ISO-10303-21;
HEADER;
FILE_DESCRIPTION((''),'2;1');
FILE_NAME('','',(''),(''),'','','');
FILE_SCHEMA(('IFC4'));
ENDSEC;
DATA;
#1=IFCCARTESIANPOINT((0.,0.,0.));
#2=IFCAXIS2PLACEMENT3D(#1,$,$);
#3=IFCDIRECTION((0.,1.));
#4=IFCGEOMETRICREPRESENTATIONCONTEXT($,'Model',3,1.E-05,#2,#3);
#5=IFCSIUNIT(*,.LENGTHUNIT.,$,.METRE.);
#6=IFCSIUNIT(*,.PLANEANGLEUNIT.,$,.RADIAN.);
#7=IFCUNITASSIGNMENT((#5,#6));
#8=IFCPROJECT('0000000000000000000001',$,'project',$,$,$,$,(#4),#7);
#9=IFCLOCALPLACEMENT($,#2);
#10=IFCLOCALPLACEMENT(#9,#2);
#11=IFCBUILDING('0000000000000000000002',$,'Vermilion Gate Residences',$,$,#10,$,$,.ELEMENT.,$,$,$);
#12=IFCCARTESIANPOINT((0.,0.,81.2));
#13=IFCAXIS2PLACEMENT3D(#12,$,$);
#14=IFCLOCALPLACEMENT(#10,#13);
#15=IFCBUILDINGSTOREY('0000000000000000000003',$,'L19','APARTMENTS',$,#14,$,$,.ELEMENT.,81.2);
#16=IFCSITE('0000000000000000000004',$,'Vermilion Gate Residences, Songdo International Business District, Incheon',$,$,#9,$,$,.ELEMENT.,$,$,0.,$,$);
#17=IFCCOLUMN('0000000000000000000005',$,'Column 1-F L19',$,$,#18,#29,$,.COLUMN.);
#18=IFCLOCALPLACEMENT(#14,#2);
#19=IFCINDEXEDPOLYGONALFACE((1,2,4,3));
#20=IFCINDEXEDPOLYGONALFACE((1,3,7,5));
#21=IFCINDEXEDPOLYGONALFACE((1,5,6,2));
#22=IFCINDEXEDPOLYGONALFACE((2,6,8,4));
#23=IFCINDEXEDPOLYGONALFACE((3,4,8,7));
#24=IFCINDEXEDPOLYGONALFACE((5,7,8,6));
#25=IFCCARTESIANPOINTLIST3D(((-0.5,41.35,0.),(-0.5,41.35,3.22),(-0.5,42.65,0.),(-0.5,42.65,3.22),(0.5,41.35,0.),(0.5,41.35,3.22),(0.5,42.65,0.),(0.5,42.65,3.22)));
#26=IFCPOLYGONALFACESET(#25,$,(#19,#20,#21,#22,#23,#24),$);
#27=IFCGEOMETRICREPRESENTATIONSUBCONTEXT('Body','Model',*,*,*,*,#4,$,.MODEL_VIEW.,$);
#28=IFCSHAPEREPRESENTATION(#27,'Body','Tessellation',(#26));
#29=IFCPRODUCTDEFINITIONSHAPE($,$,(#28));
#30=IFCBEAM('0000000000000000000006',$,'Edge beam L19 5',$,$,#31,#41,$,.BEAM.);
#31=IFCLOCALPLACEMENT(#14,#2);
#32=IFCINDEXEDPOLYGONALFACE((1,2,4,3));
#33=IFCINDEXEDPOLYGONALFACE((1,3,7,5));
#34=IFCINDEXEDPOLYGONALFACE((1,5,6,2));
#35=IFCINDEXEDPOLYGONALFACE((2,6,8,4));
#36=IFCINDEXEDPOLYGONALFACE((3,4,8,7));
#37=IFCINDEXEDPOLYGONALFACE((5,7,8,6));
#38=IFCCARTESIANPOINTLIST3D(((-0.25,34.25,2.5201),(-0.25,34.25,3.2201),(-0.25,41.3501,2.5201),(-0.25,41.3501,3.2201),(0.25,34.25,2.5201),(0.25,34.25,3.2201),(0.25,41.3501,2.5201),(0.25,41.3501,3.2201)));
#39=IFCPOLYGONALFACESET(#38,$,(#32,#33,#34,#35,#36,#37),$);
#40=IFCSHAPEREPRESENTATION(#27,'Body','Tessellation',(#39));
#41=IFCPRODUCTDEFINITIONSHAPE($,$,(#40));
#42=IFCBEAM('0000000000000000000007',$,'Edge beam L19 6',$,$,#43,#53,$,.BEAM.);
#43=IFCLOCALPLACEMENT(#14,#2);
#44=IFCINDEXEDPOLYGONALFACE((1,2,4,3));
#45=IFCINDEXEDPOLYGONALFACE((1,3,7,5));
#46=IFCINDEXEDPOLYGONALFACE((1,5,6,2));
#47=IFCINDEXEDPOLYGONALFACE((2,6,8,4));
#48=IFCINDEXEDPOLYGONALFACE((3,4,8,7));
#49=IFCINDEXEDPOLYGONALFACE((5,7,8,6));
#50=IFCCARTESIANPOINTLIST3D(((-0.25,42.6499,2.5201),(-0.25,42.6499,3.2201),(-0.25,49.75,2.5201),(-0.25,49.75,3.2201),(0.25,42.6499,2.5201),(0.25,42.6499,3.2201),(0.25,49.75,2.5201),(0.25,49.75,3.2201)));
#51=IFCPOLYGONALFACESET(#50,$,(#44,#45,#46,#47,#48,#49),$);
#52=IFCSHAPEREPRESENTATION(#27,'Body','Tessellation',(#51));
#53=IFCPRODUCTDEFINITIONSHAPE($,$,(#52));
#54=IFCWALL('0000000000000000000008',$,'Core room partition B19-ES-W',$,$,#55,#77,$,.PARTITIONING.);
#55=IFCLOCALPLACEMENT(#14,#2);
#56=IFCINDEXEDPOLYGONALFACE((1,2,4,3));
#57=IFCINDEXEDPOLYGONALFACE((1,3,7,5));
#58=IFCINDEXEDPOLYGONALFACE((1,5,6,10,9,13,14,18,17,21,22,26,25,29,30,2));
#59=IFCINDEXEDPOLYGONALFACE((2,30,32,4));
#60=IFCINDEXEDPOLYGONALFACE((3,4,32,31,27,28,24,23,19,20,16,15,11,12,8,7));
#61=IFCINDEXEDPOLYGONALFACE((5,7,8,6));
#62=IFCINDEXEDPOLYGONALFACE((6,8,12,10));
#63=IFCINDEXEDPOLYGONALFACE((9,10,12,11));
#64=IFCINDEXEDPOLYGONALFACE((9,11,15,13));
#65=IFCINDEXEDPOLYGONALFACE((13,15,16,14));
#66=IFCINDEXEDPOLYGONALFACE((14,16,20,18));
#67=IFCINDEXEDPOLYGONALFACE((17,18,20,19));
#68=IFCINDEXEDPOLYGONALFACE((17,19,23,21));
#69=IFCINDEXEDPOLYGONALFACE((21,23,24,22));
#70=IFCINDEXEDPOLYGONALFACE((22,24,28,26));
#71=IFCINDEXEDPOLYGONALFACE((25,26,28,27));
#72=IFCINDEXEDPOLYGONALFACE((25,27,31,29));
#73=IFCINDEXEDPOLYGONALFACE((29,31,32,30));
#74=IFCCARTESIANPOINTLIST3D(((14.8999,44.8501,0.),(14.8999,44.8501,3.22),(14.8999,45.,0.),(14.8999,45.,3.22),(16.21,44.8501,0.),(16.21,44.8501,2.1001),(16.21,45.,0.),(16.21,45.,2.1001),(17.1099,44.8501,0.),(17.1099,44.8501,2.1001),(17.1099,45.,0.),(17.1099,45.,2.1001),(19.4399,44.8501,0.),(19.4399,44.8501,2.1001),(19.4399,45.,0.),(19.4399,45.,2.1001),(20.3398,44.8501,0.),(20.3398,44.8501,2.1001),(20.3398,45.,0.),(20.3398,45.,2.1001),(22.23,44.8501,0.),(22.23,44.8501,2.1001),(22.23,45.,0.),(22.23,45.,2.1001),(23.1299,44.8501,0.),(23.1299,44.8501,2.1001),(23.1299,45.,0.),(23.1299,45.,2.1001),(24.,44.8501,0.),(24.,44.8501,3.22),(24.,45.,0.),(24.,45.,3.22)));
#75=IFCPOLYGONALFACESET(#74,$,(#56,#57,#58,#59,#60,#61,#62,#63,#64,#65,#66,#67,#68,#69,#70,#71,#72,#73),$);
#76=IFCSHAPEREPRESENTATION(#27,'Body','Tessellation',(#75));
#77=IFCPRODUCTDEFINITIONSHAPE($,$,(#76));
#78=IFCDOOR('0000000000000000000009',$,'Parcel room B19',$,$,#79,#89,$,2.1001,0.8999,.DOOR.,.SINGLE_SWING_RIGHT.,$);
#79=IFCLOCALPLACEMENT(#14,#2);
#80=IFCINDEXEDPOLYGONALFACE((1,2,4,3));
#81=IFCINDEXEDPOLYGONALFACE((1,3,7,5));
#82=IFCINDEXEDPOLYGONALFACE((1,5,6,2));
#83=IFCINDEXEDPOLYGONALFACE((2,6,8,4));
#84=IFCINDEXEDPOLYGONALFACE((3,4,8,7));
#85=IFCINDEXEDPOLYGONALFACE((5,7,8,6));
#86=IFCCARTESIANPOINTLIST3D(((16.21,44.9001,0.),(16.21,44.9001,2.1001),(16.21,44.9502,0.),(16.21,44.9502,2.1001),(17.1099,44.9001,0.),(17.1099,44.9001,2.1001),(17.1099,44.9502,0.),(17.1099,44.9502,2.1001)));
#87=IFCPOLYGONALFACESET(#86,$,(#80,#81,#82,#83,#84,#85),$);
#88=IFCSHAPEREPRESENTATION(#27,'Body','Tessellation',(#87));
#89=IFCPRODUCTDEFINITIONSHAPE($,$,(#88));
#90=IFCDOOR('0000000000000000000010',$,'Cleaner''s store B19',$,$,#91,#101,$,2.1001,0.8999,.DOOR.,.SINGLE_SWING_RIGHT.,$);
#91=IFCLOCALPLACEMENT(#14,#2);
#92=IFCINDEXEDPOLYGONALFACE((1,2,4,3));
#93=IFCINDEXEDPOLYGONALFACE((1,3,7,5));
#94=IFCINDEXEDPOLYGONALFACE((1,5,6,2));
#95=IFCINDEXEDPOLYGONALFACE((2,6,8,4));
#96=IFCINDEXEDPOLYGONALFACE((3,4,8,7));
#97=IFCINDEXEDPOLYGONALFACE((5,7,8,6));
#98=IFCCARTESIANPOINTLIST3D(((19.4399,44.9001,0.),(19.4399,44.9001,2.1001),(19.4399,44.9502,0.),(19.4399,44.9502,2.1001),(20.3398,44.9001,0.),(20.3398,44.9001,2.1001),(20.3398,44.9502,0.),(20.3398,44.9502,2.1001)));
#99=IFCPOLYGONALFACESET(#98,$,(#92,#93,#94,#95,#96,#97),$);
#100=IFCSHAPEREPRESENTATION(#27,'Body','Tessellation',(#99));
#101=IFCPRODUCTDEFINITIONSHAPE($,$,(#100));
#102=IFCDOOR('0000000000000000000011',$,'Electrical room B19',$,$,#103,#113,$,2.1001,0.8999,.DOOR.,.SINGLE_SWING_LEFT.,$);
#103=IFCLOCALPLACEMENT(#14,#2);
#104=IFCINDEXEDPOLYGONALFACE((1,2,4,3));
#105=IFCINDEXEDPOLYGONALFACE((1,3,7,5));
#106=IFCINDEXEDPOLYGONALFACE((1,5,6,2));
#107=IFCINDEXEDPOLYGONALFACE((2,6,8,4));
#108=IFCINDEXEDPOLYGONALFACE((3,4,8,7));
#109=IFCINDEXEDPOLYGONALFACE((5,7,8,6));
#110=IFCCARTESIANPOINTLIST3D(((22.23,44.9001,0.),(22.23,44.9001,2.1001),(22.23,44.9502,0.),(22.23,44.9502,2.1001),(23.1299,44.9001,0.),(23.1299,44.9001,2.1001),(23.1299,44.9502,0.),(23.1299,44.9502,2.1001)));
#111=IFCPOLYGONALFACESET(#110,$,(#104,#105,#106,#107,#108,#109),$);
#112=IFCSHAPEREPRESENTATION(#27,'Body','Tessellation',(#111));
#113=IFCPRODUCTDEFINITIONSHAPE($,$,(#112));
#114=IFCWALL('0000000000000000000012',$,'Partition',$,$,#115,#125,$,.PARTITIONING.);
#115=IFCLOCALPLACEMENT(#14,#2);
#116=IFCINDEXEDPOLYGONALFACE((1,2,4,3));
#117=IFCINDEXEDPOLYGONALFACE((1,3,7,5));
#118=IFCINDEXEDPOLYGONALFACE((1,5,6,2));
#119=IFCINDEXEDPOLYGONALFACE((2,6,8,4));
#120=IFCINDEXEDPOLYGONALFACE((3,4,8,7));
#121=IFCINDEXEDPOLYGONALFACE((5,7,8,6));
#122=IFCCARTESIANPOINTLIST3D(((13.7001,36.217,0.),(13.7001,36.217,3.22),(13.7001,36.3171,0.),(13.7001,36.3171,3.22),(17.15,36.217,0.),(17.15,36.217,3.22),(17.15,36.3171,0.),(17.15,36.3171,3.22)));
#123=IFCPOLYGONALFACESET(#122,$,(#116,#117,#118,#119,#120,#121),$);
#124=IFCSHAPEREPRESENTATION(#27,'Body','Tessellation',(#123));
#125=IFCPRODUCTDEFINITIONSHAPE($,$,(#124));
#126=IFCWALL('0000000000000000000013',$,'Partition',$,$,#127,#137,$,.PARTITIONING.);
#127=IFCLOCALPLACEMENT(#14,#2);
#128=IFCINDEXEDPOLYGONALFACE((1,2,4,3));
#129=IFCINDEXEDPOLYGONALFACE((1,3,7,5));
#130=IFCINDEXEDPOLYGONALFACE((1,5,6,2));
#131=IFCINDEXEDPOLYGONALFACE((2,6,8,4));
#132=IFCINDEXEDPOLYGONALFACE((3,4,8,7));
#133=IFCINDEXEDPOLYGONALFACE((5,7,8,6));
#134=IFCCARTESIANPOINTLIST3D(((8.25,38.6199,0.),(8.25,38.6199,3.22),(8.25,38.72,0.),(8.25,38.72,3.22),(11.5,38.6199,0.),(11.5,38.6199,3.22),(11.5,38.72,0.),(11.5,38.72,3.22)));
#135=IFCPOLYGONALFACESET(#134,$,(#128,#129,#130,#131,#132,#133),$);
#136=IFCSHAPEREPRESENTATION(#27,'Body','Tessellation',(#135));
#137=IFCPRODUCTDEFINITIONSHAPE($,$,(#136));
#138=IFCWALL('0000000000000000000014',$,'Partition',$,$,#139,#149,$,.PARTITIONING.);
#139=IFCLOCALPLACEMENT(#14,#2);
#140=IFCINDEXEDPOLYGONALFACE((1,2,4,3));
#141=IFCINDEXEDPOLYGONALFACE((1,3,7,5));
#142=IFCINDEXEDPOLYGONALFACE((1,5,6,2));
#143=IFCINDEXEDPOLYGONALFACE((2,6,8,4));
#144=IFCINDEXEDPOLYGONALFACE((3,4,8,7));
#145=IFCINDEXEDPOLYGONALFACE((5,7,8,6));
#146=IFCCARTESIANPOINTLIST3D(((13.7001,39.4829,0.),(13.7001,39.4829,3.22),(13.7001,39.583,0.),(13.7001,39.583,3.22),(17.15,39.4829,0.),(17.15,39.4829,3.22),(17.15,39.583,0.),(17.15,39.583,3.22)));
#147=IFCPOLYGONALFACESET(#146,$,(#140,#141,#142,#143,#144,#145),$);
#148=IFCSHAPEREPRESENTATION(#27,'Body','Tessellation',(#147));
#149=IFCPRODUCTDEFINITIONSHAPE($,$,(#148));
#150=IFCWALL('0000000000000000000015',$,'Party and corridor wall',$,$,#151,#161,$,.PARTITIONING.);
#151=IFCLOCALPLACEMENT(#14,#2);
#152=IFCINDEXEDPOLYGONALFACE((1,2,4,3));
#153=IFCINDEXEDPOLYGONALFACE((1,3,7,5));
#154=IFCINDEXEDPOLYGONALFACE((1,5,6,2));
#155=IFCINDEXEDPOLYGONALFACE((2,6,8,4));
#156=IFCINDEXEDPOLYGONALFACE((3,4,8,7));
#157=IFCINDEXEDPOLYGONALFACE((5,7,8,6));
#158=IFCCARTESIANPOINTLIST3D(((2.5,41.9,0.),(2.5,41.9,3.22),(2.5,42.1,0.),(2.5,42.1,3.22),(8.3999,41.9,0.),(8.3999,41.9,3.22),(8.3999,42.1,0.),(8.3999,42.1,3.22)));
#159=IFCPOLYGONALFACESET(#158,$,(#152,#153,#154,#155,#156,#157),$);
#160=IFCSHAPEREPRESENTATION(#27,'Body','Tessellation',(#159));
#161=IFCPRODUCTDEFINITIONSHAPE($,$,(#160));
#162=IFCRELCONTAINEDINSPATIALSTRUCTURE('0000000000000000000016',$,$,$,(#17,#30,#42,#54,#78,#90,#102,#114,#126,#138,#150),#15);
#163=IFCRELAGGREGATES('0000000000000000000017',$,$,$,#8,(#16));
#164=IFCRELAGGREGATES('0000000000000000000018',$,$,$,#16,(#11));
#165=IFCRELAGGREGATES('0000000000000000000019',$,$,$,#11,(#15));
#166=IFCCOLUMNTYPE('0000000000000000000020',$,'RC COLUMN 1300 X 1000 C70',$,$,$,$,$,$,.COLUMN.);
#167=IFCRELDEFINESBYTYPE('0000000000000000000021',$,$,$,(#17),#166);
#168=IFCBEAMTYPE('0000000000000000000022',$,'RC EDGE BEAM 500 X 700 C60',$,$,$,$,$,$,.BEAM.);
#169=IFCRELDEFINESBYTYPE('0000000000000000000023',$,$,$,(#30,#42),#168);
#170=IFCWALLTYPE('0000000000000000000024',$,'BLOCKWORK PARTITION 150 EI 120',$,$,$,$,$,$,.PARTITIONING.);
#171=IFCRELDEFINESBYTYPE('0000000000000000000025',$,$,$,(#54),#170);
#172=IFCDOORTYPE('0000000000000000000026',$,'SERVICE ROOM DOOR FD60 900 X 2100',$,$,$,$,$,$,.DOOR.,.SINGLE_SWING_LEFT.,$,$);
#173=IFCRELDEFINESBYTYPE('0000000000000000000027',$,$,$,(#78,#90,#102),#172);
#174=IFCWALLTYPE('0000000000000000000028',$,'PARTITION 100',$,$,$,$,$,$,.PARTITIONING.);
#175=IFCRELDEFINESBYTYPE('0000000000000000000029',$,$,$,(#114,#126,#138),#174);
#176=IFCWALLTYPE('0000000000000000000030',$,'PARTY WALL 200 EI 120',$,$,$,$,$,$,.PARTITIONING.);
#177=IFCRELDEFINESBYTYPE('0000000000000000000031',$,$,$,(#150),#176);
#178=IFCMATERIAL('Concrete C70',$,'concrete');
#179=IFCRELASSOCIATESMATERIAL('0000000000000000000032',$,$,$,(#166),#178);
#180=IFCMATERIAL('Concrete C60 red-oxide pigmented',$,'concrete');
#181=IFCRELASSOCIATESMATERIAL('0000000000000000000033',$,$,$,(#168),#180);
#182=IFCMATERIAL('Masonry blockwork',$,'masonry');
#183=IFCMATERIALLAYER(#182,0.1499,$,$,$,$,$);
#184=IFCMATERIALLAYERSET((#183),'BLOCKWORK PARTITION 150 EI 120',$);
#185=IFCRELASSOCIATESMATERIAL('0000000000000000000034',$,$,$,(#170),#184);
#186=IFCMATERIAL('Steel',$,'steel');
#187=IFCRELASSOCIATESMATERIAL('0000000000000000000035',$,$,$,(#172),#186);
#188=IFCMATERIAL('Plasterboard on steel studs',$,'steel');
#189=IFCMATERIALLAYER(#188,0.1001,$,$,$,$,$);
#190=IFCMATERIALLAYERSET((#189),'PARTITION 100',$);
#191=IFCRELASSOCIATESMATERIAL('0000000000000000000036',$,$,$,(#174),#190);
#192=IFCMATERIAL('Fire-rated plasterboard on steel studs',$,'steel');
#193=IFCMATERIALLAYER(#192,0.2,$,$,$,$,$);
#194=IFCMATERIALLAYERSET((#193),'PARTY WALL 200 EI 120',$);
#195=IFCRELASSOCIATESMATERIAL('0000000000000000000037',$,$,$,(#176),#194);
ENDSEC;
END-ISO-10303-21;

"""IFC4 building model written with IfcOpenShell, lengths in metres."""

from ifc_helpers import new_model, si_unit, direction, frame, frame_2d, origin, origin_2d, place, context, subcontext, project, spatial, rectangle, extrude, material, layer, layer_set, material_profile, profile_set, type_object, element, fill, save


model = new_model("IFC4")

# Units and contexts
model_context = context("Model", 3, precision=1e-05, world=origin(), true_north=direction((0.0, 1.0)))
body_context = subcontext(model_context, "Body", "Model", "MODEL_VIEW")
ifc_project = project(units=[si_unit("LENGTHUNIT", "METRE"), si_unit("PLANEANGLEUNIT", "RADIAN")], contexts=[model_context])

# Site, building, storey
site_placement = place(None, origin())
site = spatial("IfcSite", under=ifc_project, at=site_placement, Name="Vermilion Gate Residences, Songdo International Business District, Incheon", CompositionType="ELEMENT", RefElevation=0.0)
building_placement = place(site_placement, origin())
building = spatial("IfcBuilding", under=site, at=building_placement, Name="Vermilion Gate Residences", CompositionType="ELEMENT")
storey_placement = place(building_placement, frame((0.0, 0.0, 81.2)))
storey = spatial("IfcBuildingStorey", under=building, at=storey_placement, Name="L19", Description="APARTMENTS", CompositionType="ELEMENT", Elevation=81.2)

# Column
ifc_material_1 = material(Name="Concrete C70", Category="concrete")
ifc_material_profile_1 = material_profile(ifc_material_1, rectangle(XDim=1.3, YDim=1.0, at=origin_2d()), Name="RC-1300x1000")
ifc_profile_set_1 = profile_set([ifc_material_profile_1], Name="Concrete C70")
column_type = type_object("IfcColumnType", Name="RC COLUMN 1300 X 1000 C70", PredefinedType="COLUMN", material=ifc_profile_set_1)
column_placement = place(storey_placement, frame((0.0, 42.0, 0.0), z_axis=(0.0, 0.0, 1.0), x_axis=(0.0, 1.0, 0.0)))
element("IfcColumn", 1, at=column_placement, inside=storey, type_object=column_type, Name="Column 1-F L19", PredefinedType="COLUMN", context=body_context, shape_type="SweptSolid", body=[
    extrude(rectangle(XDim=1.3, YDim=1.0, at=origin_2d()), origin(), (0.0, 0.0, 1.0), 3.22),
])

# Beams
ifc_material_2 = material(Name="Concrete C60 red-oxide pigmented", Category="concrete")
ifc_material_profile_2 = material_profile(ifc_material_2, rectangle(XDim=0.5, YDim=0.7, at=origin_2d()), Name="RC-500x700")
ifc_profile_set_2 = profile_set([ifc_material_profile_2], Name="Concrete C60 red-oxide pigmented")
beam_type = type_object("IfcBeamType", Name="RC EDGE BEAM 500 X 700 C60", PredefinedType="BEAM", material=ifc_profile_set_2)
for number, where, z_axis, x_axis, name in (
    (2, (0.0, 34.25, 2.8701), (0.0, 1.0, 0.0), (-1.0, 0.0, 0.0), "Edge beam L19 5"),
    (3, (0.0, 42.6499, 2.8701), (0.0, 1.0, 0.0), (-1.0, 0.0, 0.0), "Edge beam L19 6"),
):
    element("IfcBeam", number, at=place(storey_placement, frame(where, z_axis=z_axis, x_axis=x_axis)), inside=storey, type_object=beam_type, Name=name, PredefinedType="BEAM", context=body_context, shape_type="SweptSolid", body=[
        extrude(rectangle(XDim=0.5, YDim=0.7, at=origin_2d()), origin(), (0.0, 0.0, 1.0), 7.1001),
    ])

# Wall, openings, doors
ifc_material_3 = material(Name="Masonry blockwork", Category="masonry")
ifc_layer_1 = layer(ifc_material_3, 0.1499)
ifc_layer_set_1 = layer_set([ifc_layer_1], Name="BLOCKWORK PARTITION 150 EI 120")
wall_type_1 = type_object("IfcWallType", Name="BLOCKWORK PARTITION 150 EI 120", PredefinedType="PARTITIONING", material=ifc_layer_set_1)
wall_1_placement = place(storey_placement, frame((14.8999, 44.925, 0.0), z_axis=(0.0, 0.0, 1.0), x_axis=(1.0, 0.0, 0.0)))
wall_1 = element("IfcWall", 4, at=wall_1_placement, inside=storey, type_object=wall_type_1, Name="Core room partition B19-ES-W", PredefinedType="PARTITIONING", context=body_context, shape_type="SweptSolid", body=[
    extrude(rectangle(XDim=9.1001, YDim=0.1499, at=frame_2d((4.55, 0.0))), origin(), (0.0, 0.0, 1.0), 3.22),
])
opening_1_placement = place(wall_1_placement, frame((1.3101, 0.0, 0.0)))
opening_1 = element("IfcOpeningElement", 5, at=opening_1_placement, cuts=wall_1, PredefinedType="OPENING", context=body_context, shape_type="SweptSolid", body=[
    extrude(rectangle(XDim=0.8999, YDim=2.1001, at=frame_2d((0.45, 1.05))), frame((0.0, 0.085, 0.0), z_axis=(0.0, -1.0, 0.0), x_axis=(1.0, 0.0, 0.0)), (0.0, 0.0, 1.0), 0.1699),
])
opening_2_placement = place(wall_1_placement, frame((4.54, 0.0, 0.0)))
opening_2 = element("IfcOpeningElement", 6, at=opening_2_placement, cuts=wall_1, PredefinedType="OPENING", context=body_context, shape_type="SweptSolid", body=[
    extrude(rectangle(XDim=0.8999, YDim=2.1001, at=frame_2d((0.45, 1.05))), frame((0.0, 0.085, 0.0), z_axis=(0.0, -1.0, 0.0), x_axis=(1.0, 0.0, 0.0)), (0.0, 0.0, 1.0), 0.1699),
])
opening_3_placement = place(wall_1_placement, frame((7.3301, 0.0, 0.0)))
opening_3 = element("IfcOpeningElement", 7, at=opening_3_placement, cuts=wall_1, PredefinedType="OPENING", context=body_context, shape_type="SweptSolid", body=[
    extrude(rectangle(XDim=0.8999, YDim=2.1001, at=frame_2d((0.45, 1.05))), frame((0.0, 0.085, 0.0), z_axis=(0.0, -1.0, 0.0), x_axis=(1.0, 0.0, 0.0)), (0.0, 0.0, 1.0), 0.1699),
])
ifc_material_4 = material(Name="Steel", Category="steel")
door_type_1 = type_object("IfcDoorType", Name="SERVICE ROOM DOOR FD60 900 X 2100", OperationType="SINGLE_SWING_LEFT", PredefinedType="DOOR", material=ifc_material_4)
door_1_placement = place(opening_1_placement, frame((0.8999, 0.0, 0.0), z_axis=(0.0, 0.0, 1.0), x_axis=(-1.0, 0.0, 0.0)))
door_1 = element("IfcDoor", 8, at=door_1_placement, inside=storey, type_object=door_type_1, Name="Parcel room B19", OperationType="SINGLE_SWING_RIGHT", OverallHeight=2.1001, OverallWidth=0.8999, PredefinedType="DOOR", context=body_context, shape_type="SweptSolid", body=[
    extrude(rectangle(XDim=0.8999, YDim=2.1001, at=frame_2d((0.45, 1.05))), frame((0.0, 0.0249, 0.0), z_axis=(0.0, -1.0, 0.0), x_axis=(1.0, 0.0, 0.0)), (0.0, 0.0, 1.0), 0.05),
])
fill(opening_1, door_1)
door_2_placement = place(opening_2_placement, frame((0.8999, 0.0, 0.0), z_axis=(0.0, 0.0, 1.0), x_axis=(-1.0, 0.0, 0.0)))
door_2 = element("IfcDoor", 9, at=door_2_placement, inside=storey, type_object=door_type_1, Name="Cleaner's store B19", OperationType="SINGLE_SWING_RIGHT", OverallHeight=2.1001, OverallWidth=0.8999, PredefinedType="DOOR", context=body_context, shape_type="SweptSolid", body=[
    extrude(rectangle(XDim=0.8999, YDim=2.1001, at=frame_2d((0.45, 1.05))), frame((0.0, 0.0249, 0.0), z_axis=(0.0, -1.0, 0.0), x_axis=(1.0, 0.0, 0.0)), (0.0, 0.0, 1.0), 0.05),
])
fill(opening_2, door_2)
door_3_placement = place(opening_3_placement, frame((0.8999, 0.0, 0.0), z_axis=(0.0, 0.0, 1.0), x_axis=(-1.0, 0.0, 0.0)))
door_3 = element("IfcDoor", 10, at=door_3_placement, inside=storey, type_object=door_type_1, Name="Electrical room B19", OperationType="SINGLE_SWING_LEFT", OverallHeight=2.1001, OverallWidth=0.8999, PredefinedType="DOOR", context=body_context, shape_type="SweptSolid", body=[
    extrude(rectangle(XDim=0.8999, YDim=2.1001, at=frame_2d((0.45, 1.05))), frame((0.0, 0.0249, 0.0), z_axis=(0.0, -1.0, 0.0), x_axis=(1.0, 0.0, 0.0)), (0.0, 0.0, 1.0), 0.05),
])
fill(opening_3, door_3)

# Walls
ifc_material_5 = material(Name="Plasterboard on steel studs", Category="steel")
ifc_layer_2 = layer(ifc_material_5, 0.1001)
ifc_layer_set_2 = layer_set([ifc_layer_2], Name="PARTITION 100")
wall_type_2 = type_object("IfcWallType", Name="PARTITION 100", PredefinedType="PARTITIONING", material=ifc_layer_set_2)
wall_2_placement = place(storey_placement, frame((13.7, 36.2671, 0.0), z_axis=(0.0, 0.0, 1.0), x_axis=(1.0, 0.0, 0.0)))
element("IfcWall", 11, at=wall_2_placement, inside=storey, type_object=wall_type_2, Name="Partition", PredefinedType="PARTITIONING", context=body_context, shape_type="SweptSolid", body=[
    extrude(rectangle(XDim=3.45, YDim=0.1001, at=frame_2d((1.7251, 0.0))), origin(), (0.0, 0.0, 1.0), 3.22),
])
wall_3_placement = place(storey_placement, frame((8.25, 38.6699, 0.0), z_axis=(0.0, 0.0, 1.0), x_axis=(1.0, 0.0, 0.0)))
element("IfcWall", 12, at=wall_3_placement, inside=storey, type_object=wall_type_2, Name="Partition", PredefinedType="PARTITIONING", context=body_context, shape_type="SweptSolid", body=[
    extrude(rectangle(XDim=3.25, YDim=0.1001, at=frame_2d((1.625, 0.0))), origin(), (0.0, 0.0, 1.0), 3.22),
])
wall_4_placement = place(storey_placement, frame((13.7, 39.533, 0.0), z_axis=(0.0, 0.0, 1.0), x_axis=(1.0, 0.0, 0.0)))
element("IfcWall", 13, at=wall_4_placement, inside=storey, type_object=wall_type_2, Name="Partition", PredefinedType="PARTITIONING", context=body_context, shape_type="SweptSolid", body=[
    extrude(rectangle(XDim=3.45, YDim=0.1001, at=frame_2d((1.7251, 0.0))), origin(), (0.0, 0.0, 1.0), 3.22),
])
ifc_material_6 = material(Name="Fire-rated plasterboard on steel studs", Category="steel")
ifc_layer_3 = layer(ifc_material_6, 0.2)
ifc_layer_set_3 = layer_set([ifc_layer_3], Name="PARTY WALL 200 EI 120")
wall_type_3 = type_object("IfcWallType", Name="PARTY WALL 200 EI 120", PredefinedType="PARTITIONING", material=ifc_layer_set_3)
wall_5_placement = place(storey_placement, frame((2.5, 42.0, 0.0), z_axis=(0.0, 0.0, 1.0), x_axis=(1.0, 0.0, 0.0)))
element("IfcWall", 14, at=wall_5_placement, inside=storey, type_object=wall_type_3, Name="Party and corridor wall", PredefinedType="PARTITIONING", context=body_context, shape_type="SweptSolid", body=[
    extrude(rectangle(XDim=5.8999, YDim=0.2, at=frame_2d((2.95, 0.0))), origin(), (0.0, 0.0, 1.0), 3.22),
])

save(model, "model.ifc")
